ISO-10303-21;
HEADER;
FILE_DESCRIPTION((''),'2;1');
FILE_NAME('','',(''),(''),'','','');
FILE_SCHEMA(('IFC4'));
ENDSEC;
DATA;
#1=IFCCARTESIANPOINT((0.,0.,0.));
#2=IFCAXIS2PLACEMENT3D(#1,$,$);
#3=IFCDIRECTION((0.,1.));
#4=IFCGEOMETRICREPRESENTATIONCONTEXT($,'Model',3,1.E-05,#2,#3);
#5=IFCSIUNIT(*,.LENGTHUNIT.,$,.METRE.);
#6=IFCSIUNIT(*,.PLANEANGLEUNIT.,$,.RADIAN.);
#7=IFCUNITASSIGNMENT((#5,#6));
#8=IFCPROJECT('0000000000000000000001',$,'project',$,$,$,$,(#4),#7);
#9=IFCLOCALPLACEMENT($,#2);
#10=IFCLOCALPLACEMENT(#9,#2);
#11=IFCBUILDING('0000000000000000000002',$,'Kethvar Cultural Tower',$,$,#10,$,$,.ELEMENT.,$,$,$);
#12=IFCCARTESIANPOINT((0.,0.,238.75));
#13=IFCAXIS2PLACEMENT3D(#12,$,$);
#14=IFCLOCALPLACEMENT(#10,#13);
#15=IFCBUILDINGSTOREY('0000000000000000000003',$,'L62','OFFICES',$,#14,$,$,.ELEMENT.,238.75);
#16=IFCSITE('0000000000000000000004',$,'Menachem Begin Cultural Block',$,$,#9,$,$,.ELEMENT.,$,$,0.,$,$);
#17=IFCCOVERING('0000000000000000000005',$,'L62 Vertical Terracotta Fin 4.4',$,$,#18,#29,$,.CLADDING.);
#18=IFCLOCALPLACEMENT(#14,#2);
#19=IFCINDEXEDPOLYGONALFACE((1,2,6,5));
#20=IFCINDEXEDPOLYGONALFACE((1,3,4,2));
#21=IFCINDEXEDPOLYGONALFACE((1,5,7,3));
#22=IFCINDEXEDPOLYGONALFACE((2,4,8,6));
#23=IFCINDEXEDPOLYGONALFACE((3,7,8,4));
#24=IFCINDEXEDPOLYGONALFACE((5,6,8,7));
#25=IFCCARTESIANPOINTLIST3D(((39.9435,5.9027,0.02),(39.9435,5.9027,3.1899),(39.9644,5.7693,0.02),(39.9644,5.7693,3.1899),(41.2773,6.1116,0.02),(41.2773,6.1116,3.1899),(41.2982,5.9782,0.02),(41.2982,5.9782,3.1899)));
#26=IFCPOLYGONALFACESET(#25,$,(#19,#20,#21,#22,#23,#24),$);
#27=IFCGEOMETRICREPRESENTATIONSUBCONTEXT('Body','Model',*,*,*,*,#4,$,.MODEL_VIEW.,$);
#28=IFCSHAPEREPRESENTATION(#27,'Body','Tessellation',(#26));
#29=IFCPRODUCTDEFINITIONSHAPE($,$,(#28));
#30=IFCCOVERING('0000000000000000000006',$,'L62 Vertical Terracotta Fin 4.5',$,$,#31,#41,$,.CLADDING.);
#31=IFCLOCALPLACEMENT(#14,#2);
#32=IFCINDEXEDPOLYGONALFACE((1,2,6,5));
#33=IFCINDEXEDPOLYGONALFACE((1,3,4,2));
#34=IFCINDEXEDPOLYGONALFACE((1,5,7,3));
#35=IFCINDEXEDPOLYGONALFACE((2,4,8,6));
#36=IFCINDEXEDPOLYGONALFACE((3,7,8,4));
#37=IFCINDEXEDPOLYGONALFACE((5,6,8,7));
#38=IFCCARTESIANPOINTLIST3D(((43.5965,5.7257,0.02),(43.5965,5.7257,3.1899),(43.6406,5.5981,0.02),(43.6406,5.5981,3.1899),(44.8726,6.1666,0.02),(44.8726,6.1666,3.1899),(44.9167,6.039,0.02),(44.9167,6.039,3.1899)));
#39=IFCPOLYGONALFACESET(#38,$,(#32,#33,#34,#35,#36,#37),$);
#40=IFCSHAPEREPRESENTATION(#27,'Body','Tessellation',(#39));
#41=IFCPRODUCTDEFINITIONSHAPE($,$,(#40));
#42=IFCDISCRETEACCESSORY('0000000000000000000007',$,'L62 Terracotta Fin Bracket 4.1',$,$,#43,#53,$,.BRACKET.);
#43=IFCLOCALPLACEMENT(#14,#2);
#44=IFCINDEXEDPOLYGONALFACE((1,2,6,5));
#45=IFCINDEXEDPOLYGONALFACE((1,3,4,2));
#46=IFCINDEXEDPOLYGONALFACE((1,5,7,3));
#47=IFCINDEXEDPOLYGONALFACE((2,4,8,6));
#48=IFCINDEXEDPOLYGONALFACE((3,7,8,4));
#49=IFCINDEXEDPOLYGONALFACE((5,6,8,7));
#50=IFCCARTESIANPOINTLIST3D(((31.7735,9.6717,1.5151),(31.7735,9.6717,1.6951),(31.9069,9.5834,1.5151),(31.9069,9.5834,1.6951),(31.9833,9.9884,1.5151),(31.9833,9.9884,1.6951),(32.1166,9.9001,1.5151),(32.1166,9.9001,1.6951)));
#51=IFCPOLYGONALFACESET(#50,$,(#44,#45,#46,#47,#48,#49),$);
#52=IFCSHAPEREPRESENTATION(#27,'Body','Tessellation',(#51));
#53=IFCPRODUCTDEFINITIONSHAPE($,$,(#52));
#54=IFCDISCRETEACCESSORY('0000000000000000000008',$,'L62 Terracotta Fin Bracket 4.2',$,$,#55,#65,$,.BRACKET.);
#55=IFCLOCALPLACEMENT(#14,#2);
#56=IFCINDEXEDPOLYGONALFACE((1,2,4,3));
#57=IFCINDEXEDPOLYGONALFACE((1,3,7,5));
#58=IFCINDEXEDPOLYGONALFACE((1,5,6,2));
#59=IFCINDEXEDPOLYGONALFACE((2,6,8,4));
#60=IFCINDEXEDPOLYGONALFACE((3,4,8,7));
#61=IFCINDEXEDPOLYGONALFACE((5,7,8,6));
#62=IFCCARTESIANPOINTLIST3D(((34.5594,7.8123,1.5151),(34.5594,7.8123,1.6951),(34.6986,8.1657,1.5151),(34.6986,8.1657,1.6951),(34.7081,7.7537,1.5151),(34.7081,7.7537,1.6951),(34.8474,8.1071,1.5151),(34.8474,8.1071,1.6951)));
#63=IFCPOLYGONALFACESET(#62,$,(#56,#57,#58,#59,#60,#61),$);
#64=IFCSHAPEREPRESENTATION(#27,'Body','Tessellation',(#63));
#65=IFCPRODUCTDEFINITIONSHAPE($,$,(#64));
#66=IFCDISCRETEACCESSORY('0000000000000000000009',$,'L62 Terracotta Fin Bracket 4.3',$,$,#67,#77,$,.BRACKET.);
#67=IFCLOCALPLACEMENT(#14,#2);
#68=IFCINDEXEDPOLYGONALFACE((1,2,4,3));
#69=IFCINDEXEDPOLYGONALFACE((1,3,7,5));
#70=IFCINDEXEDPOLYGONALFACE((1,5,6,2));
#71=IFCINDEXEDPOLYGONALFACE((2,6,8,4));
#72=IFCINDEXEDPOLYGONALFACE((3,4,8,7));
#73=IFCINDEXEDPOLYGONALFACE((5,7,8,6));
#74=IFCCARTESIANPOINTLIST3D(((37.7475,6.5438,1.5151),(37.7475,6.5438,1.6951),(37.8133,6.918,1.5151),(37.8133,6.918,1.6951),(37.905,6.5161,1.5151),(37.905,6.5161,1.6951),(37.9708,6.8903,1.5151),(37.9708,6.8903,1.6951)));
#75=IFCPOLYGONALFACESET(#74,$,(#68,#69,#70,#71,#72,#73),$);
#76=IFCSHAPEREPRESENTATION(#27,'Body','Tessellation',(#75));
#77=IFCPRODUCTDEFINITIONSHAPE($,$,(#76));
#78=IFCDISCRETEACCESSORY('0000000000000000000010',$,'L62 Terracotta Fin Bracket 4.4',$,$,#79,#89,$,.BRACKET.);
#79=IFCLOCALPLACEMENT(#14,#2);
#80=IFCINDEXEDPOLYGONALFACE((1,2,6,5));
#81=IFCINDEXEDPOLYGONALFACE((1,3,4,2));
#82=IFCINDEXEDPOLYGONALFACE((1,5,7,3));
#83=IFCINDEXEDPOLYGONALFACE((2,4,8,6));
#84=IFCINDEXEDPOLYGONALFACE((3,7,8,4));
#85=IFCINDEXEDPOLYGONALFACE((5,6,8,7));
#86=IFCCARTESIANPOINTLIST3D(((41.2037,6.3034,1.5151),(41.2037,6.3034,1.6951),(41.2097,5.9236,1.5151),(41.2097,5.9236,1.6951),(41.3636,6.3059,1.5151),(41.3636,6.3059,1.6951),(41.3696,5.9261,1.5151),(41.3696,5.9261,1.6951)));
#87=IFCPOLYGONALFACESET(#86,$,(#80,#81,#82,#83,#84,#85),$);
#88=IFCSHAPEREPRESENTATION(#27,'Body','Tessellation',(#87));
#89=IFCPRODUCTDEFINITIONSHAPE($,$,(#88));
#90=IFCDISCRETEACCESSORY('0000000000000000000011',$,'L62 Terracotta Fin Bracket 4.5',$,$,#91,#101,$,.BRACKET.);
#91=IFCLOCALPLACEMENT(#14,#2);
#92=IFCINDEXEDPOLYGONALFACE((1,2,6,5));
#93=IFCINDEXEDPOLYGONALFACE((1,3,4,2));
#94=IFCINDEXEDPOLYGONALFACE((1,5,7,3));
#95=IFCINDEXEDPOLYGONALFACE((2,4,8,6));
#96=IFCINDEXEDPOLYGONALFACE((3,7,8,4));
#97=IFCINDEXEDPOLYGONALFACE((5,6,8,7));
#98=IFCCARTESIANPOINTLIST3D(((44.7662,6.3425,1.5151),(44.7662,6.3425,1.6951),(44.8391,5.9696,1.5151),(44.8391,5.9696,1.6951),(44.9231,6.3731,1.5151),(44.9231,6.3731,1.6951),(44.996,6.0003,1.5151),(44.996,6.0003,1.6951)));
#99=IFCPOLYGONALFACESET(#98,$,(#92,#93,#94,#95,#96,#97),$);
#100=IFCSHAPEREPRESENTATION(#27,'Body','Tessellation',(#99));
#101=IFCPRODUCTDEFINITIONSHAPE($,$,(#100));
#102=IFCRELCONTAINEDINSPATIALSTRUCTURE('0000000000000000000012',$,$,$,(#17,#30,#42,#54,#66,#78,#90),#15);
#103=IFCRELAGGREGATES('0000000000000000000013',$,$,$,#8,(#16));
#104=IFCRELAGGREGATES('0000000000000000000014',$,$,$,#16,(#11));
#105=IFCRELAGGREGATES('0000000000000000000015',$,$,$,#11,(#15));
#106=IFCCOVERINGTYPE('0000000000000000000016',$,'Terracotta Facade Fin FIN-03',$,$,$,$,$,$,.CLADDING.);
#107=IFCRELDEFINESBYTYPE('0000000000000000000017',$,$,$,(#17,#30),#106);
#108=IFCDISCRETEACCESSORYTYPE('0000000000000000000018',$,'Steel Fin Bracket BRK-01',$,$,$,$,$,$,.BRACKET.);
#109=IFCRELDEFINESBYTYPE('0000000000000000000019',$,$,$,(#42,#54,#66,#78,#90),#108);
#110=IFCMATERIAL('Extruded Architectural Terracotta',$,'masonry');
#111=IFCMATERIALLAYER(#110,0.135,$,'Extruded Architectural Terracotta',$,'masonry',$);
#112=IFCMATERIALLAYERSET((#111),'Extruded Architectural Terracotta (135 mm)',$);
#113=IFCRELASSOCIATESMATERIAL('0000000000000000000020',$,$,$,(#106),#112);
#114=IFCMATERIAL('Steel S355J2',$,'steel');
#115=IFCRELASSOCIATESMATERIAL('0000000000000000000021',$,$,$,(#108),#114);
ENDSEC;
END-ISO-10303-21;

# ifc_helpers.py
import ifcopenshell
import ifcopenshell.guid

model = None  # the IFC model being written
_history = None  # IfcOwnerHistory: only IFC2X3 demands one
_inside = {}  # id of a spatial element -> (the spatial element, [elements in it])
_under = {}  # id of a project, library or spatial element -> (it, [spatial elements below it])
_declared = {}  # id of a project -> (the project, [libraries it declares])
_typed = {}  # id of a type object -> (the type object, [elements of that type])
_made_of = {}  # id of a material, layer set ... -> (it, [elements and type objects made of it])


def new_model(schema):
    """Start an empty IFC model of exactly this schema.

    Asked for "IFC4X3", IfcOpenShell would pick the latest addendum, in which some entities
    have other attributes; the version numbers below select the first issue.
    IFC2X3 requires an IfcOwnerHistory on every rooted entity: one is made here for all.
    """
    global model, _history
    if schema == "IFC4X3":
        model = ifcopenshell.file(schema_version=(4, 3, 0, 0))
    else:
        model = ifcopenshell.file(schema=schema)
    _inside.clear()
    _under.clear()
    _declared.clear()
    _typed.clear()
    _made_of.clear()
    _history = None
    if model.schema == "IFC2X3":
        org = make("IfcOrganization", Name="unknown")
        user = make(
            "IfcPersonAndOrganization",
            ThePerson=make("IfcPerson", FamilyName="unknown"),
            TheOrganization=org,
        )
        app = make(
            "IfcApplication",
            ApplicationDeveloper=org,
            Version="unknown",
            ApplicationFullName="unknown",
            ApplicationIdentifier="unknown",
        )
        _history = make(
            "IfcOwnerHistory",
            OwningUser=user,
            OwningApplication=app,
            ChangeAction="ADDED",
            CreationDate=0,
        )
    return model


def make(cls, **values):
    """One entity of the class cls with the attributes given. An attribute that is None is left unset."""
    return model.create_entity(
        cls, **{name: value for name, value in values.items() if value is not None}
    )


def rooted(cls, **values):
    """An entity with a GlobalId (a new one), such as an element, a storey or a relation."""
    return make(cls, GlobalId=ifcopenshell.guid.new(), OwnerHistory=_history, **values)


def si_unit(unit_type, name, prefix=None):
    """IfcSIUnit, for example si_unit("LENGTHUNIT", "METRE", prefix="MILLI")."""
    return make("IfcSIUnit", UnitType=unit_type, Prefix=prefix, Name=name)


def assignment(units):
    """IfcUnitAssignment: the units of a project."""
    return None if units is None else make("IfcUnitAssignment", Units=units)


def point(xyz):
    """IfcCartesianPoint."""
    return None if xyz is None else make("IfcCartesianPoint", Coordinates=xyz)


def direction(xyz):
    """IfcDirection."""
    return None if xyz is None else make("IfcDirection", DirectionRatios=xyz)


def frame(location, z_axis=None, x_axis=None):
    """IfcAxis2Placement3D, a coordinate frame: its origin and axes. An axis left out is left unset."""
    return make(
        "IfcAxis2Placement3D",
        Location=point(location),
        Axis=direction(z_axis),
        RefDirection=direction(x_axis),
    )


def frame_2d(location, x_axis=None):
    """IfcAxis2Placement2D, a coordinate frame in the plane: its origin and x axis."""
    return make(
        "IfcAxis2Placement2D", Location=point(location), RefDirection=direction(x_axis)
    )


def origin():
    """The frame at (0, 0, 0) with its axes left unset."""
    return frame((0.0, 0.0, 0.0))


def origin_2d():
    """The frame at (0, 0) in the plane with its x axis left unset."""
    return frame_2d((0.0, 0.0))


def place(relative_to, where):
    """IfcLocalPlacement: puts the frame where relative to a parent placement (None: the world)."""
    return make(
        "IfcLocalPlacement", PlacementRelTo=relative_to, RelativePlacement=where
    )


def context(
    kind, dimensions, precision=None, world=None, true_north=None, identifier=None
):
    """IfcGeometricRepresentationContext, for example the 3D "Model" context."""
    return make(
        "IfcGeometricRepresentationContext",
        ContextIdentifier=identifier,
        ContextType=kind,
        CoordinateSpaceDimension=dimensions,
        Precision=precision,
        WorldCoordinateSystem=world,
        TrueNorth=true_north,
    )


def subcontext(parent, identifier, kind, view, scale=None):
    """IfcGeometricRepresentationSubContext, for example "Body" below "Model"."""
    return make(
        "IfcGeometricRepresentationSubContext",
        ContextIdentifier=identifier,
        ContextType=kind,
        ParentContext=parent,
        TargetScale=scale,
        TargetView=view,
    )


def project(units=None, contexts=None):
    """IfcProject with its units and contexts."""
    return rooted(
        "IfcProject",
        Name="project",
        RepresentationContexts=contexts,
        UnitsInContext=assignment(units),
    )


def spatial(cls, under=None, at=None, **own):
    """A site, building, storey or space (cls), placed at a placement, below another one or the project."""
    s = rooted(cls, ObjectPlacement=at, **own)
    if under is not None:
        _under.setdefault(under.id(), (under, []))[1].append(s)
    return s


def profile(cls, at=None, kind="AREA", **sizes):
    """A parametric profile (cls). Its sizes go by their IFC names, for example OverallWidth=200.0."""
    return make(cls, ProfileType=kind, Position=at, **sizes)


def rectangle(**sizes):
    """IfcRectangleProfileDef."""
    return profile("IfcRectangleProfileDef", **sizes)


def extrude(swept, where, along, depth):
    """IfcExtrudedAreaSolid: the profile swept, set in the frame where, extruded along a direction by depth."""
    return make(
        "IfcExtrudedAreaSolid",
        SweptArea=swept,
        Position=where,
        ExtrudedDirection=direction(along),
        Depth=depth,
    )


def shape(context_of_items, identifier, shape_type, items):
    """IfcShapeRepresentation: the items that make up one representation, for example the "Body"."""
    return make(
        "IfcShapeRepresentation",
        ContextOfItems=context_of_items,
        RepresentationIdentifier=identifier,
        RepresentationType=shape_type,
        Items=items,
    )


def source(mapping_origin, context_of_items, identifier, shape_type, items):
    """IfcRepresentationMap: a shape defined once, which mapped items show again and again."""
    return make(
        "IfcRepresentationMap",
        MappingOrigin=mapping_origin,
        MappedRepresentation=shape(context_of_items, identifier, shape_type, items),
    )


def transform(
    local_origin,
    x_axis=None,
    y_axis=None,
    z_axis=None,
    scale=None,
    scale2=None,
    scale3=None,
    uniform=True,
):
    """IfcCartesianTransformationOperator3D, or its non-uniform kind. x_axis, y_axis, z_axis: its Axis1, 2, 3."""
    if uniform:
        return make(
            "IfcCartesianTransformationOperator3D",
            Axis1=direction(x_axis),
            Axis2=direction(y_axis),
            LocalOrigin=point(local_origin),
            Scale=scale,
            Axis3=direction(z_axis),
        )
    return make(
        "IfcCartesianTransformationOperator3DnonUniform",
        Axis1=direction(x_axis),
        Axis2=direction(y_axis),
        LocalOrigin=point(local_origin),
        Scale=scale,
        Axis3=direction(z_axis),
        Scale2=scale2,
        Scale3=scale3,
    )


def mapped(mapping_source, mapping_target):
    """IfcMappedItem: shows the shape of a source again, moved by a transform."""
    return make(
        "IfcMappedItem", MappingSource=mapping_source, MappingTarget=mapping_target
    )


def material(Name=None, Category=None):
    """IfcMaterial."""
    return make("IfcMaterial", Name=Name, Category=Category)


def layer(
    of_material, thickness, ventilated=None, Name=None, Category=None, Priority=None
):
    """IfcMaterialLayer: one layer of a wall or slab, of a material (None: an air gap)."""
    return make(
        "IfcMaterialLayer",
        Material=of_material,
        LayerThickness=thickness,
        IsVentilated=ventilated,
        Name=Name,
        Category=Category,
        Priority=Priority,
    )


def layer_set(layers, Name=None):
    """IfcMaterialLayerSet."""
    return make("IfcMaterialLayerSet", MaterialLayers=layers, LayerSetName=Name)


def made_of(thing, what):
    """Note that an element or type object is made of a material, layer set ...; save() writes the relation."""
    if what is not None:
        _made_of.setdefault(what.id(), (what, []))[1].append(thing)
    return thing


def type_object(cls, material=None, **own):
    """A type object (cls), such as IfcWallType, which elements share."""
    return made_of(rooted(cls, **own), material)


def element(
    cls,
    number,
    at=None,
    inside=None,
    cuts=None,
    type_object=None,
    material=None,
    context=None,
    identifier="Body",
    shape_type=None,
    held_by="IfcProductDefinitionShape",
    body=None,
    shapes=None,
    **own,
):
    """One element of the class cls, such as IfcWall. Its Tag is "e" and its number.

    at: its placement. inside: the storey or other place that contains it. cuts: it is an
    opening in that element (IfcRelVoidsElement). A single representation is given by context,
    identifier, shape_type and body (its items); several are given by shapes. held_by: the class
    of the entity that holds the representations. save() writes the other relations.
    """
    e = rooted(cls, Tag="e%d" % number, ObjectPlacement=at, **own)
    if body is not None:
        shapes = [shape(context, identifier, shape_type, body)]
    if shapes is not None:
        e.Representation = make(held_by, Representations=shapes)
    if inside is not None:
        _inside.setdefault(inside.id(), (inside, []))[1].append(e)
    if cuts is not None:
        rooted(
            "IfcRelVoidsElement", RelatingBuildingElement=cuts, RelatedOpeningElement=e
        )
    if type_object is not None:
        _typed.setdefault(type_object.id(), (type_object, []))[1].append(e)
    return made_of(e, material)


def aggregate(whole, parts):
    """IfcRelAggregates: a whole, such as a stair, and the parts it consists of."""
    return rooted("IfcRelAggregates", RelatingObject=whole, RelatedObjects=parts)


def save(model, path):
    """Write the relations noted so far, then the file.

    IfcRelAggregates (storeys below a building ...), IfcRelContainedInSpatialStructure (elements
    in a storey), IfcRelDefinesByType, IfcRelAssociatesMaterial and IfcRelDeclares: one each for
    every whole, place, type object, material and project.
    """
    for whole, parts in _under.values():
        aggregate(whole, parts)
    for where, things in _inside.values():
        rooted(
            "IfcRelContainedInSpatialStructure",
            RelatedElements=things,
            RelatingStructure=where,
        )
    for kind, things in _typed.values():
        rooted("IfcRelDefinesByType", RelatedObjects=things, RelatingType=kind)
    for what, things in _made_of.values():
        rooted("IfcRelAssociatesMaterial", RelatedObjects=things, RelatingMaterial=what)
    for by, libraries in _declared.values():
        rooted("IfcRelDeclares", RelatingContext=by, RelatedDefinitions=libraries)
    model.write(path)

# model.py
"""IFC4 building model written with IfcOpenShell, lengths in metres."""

from ifc_helpers import new_model, si_unit, direction, frame, origin, origin_2d, place, context, subcontext, project, spatial, rectangle, extrude, source, transform, mapped, material, layer, layer_set, type_object, element, save


model = new_model("IFC4")

# Units and contexts
model_context = context("Model", 3, precision=1e-05, world=origin(), true_north=direction((0.0, 1.0)))
body_context = subcontext(model_context, "Body", "Model", "MODEL_VIEW")
ifc_project = project(units=[si_unit("LENGTHUNIT", "METRE"), si_unit("PLANEANGLEUNIT", "RADIAN")], contexts=[model_context])

# Site, building, storey
site_placement = place(None, origin())
site = spatial("IfcSite", under=ifc_project, at=site_placement, Name="Menachem Begin Cultural Block", CompositionType="ELEMENT", RefElevation=0.0)
building_placement = place(site_placement, origin())
building = spatial("IfcBuilding", under=site, at=building_placement, Name="Kethvar Cultural Tower", CompositionType="ELEMENT")
storey_placement = place(building_placement, frame((0.0, 0.0, 238.75)))
storey = spatial("IfcBuildingStorey", under=building, at=storey_placement, Name="L62", Description="OFFICES", CompositionType="ELEMENT", Elevation=238.75)

# Shared definitions
ifc_material_1 = material(Name="Steel S355J2", Category="steel")

# Coverings
ifc_material_2 = material(Name="Extruded Architectural Terracotta", Category="masonry")
ifc_layer_1 = layer(ifc_material_2, 0.135, Name="Extruded Architectural Terracotta", Category="masonry")
ifc_layer_set_1 = layer_set([ifc_layer_1], Name="Extruded Architectural Terracotta (135 mm)")
covering_type = type_object("IfcCoveringType", Name="Terracotta Facade Fin FIN-03", PredefinedType="CLADDING", material=ifc_layer_set_1)
shared_shape_1 = source(origin(), body_context, "Body", "SweptSolid", [
    extrude(rectangle(XDim=1.3501, YDim=0.135, at=origin_2d()), origin(), (0.0, 0.0, 1.0), 3.1699),
])
for number, where, z_axis, x_axis, name in (
    (1, (40.6208, 5.9404, 0.02), (0.0, 0.0, 1.0), (-0.98796, -0.15471, 0.0), "L62 Vertical Terracotta Fin 4.4"),
    (2, (44.2566, 5.8823, 0.02), (0.0, 0.0, 1.0), (-0.945177, -0.326558, 0.0), "L62 Vertical Terracotta Fin 4.5"),
):
    element("IfcCovering", number, at=place(storey_placement, frame(where, z_axis=z_axis, x_axis=x_axis)), inside=storey, type_object=covering_type, Name=name, PredefinedType="CLADDING", context=body_context, shape_type="MappedRepresentation", body=[
        mapped(shared_shape_1, transform((0.0, 0.0, 0.0), scale=1.0)),
    ])

# Discrete accessories
discrete_accessory_type = type_object("IfcDiscreteAccessoryType", Name="Steel Fin Bracket BRK-01", PredefinedType="BRACKET", material=ifc_material_1)
shared_shape_2 = source(origin(), body_context, "Body", "SweptSolid", [
    extrude(rectangle(XDim=0.3799, YDim=0.1599, at=origin_2d()), origin(), (0.0, 0.0, 1.0), 0.1799),
])
for number, where, z_axis, x_axis, name in (
    (3, (31.9451, 9.7859, 1.5151), (0.0, 0.0, 1.0), (-0.552083, -0.833789, 0.0), "L62 Terracotta Fin Bracket 4.1"),
    (4, (34.7034, 7.9597, 1.5151), (0.0, 0.0, 1.0), (-0.366501, -0.930418, 0.0), "L62 Terracotta Fin Bracket 4.2"),
    (5, (37.8591, 6.717, 1.5151), (0.0, 0.0, 1.0), (-0.173133, -0.984899, 0.0), "L62 Terracotta Fin Bracket 4.3"),
    (6, (41.2866, 6.1147, 1.5151), (0.0, 0.0, 1.0), (0.015707, -0.999877, 0.0), "L62 Terracotta Fin Bracket 4.4"),
    (7, (44.8811, 6.1714, 1.5151), (0.0, 0.0, 1.0), (0.191837, -0.981427, 0.0), "L62 Terracotta Fin Bracket 4.5"),
):
    element("IfcDiscreteAccessory", number, at=place(storey_placement, frame(where, z_axis=z_axis, x_axis=x_axis)), inside=storey, type_object=discrete_accessory_type, Name=name, PredefinedType="BRACKET", context=body_context, shape_type="MappedRepresentation", body=[
        mapped(shared_shape_2, transform((0.0, 0.0, 0.0), scale=1.0)),
    ])

save(model, "model.ifc")
